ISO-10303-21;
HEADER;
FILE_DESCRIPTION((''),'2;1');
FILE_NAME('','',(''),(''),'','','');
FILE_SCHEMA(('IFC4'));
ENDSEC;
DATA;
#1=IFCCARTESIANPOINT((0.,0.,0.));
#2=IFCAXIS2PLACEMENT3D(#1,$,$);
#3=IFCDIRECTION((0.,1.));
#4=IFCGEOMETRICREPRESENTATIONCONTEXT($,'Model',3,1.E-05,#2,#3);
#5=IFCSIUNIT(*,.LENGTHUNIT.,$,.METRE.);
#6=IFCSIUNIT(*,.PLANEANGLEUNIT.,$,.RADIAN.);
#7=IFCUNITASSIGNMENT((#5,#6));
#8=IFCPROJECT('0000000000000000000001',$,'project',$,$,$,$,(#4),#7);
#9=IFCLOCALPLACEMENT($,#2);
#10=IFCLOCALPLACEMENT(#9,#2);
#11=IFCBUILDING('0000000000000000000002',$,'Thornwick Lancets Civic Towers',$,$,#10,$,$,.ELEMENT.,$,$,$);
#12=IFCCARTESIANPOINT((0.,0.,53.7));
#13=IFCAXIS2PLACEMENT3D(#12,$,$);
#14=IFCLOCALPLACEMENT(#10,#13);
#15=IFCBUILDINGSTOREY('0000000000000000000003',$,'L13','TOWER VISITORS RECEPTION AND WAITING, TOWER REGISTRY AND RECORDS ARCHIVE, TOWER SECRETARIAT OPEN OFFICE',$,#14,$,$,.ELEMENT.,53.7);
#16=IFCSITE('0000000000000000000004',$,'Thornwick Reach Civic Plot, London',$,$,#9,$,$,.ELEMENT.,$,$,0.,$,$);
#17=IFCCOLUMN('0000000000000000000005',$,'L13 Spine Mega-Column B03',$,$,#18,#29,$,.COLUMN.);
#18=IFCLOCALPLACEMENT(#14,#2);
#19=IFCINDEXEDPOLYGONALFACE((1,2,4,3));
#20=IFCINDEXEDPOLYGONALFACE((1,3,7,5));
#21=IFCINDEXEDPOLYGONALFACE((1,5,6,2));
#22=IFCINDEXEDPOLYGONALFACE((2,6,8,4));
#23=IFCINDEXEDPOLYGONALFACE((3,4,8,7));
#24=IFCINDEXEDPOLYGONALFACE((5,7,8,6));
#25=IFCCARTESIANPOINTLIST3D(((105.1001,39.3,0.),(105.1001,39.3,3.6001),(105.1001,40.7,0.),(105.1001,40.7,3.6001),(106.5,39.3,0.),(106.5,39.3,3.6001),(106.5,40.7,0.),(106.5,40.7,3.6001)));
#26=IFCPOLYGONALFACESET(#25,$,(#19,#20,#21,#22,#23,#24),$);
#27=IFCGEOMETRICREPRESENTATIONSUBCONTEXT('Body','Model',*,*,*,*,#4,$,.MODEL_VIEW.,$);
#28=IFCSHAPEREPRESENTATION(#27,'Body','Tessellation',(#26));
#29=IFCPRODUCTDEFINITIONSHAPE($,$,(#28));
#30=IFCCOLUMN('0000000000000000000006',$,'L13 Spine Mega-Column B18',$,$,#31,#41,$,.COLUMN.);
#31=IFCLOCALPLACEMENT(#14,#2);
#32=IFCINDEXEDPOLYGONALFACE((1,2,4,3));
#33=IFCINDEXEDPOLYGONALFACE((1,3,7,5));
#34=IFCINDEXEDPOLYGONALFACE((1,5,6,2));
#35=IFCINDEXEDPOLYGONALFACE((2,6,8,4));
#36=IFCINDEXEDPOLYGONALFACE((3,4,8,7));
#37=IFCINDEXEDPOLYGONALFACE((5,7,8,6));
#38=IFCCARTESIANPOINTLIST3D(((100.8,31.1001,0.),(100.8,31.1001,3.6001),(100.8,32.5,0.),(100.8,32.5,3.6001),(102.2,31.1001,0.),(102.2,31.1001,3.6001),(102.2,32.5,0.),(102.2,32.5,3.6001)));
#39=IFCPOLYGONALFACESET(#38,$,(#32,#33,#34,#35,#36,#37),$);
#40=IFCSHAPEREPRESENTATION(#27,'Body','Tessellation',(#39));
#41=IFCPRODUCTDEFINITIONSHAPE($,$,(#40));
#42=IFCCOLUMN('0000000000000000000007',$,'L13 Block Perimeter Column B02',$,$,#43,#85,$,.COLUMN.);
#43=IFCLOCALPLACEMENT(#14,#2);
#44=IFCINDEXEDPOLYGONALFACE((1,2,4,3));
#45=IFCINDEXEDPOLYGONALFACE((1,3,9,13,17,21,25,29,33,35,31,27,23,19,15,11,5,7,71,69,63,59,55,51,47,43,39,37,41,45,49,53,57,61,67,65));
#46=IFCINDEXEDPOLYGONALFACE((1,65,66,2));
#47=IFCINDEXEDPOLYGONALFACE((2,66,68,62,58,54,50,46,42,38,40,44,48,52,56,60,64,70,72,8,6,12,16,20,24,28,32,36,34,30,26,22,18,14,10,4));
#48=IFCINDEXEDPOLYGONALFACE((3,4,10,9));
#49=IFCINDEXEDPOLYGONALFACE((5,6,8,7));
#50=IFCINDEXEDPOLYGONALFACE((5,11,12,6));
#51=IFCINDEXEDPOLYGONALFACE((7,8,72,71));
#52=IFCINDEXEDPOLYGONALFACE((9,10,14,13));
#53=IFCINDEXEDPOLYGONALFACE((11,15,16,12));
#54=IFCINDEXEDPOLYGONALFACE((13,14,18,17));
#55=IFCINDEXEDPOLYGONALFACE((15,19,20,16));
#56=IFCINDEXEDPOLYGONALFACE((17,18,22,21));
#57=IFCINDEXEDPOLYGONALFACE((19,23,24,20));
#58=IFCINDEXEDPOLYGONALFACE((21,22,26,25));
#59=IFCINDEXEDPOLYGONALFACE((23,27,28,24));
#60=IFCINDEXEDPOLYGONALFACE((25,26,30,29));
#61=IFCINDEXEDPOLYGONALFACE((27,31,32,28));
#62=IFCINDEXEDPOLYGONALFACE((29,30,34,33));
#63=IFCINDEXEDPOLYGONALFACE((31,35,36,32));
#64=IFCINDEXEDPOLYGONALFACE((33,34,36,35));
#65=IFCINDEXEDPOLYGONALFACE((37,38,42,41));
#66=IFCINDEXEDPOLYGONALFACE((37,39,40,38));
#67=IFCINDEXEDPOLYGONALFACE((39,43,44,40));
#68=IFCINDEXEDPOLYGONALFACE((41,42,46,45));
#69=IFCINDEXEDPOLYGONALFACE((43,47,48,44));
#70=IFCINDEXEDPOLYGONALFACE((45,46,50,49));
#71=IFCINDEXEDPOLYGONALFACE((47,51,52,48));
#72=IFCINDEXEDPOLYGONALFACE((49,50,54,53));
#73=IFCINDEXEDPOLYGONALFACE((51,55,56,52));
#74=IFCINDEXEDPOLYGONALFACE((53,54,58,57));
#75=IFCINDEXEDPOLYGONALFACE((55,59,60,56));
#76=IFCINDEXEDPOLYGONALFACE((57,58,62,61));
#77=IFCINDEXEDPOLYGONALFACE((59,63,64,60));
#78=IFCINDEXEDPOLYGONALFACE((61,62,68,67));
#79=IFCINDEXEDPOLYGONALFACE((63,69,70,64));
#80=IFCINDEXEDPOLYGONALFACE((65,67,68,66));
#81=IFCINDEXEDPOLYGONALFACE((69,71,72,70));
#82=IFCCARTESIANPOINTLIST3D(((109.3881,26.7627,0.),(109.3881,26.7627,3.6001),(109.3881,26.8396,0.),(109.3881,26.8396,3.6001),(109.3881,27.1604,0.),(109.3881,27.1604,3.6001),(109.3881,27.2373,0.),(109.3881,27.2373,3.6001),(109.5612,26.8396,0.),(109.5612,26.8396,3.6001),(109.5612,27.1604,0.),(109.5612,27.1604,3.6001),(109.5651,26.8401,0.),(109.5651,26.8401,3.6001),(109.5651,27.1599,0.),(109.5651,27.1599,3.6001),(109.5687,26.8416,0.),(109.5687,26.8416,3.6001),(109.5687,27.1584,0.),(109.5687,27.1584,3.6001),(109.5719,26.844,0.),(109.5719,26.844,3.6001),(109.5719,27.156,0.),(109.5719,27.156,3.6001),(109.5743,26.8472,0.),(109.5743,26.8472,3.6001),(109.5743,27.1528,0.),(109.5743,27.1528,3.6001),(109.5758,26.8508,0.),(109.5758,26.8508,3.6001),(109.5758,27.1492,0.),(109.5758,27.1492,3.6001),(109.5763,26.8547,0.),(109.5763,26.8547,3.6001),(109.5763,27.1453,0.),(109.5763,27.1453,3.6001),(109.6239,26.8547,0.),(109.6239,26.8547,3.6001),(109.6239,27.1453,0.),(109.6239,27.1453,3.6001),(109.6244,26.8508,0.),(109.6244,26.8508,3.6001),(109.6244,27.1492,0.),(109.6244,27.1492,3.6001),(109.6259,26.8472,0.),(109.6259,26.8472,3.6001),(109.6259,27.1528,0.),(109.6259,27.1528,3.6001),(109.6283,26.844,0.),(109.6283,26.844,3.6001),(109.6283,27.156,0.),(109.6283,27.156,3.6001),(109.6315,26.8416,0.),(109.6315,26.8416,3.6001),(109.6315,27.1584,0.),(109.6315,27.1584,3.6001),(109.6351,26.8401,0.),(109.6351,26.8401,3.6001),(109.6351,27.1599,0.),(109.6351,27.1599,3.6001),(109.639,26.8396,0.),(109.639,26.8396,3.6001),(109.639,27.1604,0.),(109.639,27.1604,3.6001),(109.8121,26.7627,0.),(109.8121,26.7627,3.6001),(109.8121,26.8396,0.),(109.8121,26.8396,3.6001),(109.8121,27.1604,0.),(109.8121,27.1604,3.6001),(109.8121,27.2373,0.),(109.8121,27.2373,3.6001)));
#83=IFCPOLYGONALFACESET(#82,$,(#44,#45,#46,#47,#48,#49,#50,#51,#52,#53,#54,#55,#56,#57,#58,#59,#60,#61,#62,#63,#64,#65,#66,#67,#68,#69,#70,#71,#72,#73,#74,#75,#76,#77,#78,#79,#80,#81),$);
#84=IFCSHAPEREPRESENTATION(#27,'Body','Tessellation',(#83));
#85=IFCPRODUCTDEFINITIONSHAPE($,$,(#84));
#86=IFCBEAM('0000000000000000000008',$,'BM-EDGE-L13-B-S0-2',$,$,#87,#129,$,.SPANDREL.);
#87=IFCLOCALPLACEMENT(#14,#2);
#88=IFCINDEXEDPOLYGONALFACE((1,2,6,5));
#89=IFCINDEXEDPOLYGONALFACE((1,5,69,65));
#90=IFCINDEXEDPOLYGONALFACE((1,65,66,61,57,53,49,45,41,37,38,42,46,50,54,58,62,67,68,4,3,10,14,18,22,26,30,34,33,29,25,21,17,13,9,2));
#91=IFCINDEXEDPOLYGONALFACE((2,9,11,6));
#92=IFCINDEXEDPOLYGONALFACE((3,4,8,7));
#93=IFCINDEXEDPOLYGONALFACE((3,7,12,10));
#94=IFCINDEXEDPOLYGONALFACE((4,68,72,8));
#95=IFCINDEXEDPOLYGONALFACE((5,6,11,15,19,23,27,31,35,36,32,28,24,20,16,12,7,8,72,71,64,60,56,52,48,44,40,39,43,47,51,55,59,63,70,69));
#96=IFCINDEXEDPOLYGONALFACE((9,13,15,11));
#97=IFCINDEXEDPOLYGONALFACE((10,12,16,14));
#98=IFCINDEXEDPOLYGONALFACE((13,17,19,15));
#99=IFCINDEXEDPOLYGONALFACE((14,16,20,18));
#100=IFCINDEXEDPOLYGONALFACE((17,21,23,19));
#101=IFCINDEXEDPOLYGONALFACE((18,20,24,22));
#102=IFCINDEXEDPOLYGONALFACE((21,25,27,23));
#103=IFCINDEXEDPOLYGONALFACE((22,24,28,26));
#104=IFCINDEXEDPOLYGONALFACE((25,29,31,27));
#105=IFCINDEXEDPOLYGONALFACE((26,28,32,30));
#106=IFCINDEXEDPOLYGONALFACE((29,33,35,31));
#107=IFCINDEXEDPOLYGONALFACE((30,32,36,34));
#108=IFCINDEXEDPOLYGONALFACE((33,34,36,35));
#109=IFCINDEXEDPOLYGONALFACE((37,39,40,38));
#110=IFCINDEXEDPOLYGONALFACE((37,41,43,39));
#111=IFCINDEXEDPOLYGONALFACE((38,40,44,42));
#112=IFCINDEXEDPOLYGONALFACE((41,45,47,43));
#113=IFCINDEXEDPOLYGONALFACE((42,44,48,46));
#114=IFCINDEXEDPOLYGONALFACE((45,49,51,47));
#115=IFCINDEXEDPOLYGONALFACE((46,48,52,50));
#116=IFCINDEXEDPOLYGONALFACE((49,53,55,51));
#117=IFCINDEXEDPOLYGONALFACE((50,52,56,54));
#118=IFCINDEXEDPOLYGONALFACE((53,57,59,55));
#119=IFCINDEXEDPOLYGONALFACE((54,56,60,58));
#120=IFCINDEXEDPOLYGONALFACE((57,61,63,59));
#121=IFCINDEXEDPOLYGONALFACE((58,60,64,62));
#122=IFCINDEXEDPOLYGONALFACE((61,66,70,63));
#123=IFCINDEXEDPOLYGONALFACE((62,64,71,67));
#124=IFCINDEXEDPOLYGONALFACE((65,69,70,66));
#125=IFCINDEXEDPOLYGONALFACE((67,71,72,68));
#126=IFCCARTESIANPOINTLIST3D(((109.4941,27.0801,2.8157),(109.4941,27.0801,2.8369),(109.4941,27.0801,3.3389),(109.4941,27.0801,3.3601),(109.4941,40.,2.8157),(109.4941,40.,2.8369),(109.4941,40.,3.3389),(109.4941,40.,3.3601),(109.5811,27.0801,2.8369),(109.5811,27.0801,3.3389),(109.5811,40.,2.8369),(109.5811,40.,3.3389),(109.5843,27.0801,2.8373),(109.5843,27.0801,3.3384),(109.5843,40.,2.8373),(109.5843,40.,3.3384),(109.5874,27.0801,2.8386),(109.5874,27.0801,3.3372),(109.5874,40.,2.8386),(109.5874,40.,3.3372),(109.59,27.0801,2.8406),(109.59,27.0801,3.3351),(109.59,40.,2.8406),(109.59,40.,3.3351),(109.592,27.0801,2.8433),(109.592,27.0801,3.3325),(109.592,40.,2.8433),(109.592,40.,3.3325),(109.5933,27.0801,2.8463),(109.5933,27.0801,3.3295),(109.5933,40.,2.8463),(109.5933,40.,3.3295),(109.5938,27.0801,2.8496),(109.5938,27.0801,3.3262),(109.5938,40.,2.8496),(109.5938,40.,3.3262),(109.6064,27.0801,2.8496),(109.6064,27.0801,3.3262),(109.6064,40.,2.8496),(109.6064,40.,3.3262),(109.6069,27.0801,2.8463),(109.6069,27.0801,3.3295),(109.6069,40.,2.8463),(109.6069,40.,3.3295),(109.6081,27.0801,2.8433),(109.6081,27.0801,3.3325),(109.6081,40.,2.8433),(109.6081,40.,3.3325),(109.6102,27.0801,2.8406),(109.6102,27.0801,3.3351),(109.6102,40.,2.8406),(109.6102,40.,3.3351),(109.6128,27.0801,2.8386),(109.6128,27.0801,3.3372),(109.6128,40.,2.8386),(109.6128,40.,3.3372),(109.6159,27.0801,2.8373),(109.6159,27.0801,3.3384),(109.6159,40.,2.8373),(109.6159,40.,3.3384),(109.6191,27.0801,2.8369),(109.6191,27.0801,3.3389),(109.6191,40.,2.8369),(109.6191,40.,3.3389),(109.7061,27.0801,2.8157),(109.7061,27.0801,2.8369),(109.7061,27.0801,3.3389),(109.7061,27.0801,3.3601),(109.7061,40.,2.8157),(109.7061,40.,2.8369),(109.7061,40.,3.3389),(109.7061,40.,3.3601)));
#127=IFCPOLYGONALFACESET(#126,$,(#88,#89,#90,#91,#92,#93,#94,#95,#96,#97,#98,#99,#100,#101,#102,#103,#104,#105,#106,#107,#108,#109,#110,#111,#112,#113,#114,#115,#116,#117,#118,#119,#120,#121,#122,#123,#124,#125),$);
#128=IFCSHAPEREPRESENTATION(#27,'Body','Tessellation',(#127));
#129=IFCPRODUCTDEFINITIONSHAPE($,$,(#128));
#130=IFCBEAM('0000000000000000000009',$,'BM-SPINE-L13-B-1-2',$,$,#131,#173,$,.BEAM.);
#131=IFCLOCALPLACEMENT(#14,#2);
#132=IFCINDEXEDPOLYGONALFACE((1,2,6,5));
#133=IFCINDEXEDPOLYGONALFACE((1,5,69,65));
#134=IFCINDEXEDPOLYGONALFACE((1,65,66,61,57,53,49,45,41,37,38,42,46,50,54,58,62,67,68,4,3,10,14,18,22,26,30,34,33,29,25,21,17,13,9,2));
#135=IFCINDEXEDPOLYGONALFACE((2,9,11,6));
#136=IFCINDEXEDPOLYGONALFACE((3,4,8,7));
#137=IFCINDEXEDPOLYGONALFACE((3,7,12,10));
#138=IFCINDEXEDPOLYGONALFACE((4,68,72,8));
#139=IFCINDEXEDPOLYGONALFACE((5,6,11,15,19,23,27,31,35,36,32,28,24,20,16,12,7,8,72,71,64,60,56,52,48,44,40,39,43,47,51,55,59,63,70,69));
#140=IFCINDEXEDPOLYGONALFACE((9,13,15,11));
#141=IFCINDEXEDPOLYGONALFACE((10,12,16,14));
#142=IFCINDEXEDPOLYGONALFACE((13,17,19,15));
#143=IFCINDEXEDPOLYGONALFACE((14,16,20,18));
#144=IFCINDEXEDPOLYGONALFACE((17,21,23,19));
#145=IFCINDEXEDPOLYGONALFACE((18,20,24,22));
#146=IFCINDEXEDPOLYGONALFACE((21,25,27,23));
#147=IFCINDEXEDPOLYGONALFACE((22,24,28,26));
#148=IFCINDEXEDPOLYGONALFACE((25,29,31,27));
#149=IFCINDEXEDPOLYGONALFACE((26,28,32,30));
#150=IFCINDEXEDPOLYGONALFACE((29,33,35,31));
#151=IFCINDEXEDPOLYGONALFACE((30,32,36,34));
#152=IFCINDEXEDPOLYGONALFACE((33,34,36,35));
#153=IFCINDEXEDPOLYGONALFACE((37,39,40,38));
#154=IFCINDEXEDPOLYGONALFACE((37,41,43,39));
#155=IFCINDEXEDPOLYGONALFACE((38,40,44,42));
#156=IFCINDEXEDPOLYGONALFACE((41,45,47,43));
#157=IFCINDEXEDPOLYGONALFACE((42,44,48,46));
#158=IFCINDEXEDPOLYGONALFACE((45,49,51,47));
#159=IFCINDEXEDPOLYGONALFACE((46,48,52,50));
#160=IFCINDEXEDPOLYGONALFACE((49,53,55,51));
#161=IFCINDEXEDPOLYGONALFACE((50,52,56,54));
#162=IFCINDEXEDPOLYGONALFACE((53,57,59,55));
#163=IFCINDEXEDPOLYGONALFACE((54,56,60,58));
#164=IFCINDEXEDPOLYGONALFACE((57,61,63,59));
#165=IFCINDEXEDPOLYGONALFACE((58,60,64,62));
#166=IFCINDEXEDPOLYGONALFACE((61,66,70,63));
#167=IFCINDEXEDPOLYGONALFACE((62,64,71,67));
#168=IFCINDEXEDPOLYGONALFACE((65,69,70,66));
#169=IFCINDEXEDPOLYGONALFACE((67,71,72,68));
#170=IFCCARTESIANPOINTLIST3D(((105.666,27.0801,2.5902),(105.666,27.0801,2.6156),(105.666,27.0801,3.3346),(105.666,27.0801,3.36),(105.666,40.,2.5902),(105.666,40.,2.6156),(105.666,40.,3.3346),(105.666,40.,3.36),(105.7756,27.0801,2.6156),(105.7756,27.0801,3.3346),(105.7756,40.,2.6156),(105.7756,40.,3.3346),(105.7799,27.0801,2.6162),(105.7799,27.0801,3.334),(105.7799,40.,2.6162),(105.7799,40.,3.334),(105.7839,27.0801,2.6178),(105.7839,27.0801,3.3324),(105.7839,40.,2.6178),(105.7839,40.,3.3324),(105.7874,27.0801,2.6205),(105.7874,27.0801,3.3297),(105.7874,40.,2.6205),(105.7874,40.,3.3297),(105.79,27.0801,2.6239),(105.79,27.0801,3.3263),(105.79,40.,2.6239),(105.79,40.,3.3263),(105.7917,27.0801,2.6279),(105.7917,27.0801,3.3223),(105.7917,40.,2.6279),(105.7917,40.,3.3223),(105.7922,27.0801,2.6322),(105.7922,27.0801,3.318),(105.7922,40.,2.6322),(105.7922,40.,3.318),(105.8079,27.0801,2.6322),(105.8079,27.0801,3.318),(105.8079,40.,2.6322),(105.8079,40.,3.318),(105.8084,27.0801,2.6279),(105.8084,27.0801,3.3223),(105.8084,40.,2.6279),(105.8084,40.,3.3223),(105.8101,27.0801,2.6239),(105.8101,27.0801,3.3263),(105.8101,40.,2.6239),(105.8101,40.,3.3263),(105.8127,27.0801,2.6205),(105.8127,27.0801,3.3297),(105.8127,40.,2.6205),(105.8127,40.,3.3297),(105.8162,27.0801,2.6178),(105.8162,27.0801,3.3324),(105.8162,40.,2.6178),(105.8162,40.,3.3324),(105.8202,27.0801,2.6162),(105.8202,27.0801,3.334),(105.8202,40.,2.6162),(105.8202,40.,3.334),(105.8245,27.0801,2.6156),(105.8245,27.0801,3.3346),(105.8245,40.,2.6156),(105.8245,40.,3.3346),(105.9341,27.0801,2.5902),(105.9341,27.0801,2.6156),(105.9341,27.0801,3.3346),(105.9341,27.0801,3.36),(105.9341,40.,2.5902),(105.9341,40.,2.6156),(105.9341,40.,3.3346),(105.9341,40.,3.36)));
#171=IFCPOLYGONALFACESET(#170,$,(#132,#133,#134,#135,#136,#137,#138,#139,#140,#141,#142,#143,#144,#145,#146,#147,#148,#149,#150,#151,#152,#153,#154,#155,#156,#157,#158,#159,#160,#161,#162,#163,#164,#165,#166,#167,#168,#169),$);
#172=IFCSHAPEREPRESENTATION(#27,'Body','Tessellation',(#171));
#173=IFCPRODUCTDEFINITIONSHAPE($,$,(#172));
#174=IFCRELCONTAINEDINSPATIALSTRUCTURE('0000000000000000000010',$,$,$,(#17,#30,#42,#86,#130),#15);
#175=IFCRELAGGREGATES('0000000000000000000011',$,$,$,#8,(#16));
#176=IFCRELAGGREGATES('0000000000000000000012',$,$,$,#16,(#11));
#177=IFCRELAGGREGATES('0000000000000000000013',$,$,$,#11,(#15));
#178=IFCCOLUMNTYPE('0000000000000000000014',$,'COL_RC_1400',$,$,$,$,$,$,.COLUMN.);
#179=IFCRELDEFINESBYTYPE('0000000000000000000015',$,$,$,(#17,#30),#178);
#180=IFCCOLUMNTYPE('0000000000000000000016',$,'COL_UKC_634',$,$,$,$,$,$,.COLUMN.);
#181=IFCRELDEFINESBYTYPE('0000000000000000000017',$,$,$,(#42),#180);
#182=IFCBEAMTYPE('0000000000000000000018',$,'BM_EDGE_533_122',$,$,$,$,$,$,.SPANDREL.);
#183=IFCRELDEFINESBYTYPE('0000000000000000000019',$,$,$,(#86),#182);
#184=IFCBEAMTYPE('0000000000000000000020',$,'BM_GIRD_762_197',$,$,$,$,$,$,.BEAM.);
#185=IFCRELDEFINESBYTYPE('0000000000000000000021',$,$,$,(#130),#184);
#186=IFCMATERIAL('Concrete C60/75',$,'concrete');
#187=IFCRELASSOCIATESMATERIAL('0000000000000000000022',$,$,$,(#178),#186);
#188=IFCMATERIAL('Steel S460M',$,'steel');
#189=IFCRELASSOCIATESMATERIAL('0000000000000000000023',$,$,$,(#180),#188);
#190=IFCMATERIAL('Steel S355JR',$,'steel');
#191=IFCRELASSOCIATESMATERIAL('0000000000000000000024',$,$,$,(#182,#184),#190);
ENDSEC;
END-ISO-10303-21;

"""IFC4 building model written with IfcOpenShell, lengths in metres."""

from ifc_helpers import new_model, si_unit, direction, frame, origin, origin_2d, place, context, subcontext, project, spatial, rectangle, i_section, extrude, material, material_profile, profile_set, type_object, element, save


model = new_model("IFC4")

# Units and contexts
model_context = context("Model", 3, precision=1e-05, world=origin(), true_north=direction((0.0, 1.0)))
body_context = subcontext(model_context, "Body", "Model", "MODEL_VIEW")
ifc_project = project(units=[si_unit("LENGTHUNIT", "METRE"), si_unit("PLANEANGLEUNIT", "RADIAN")], contexts=[model_context])

# Site, building, storey
site_placement = place(None, origin())
site = spatial("IfcSite", under=ifc_project, at=site_placement, Name="Thornwick Reach Civic Plot, London", CompositionType="ELEMENT", RefElevation=0.0)
building_placement = place(site_placement, origin())
building = spatial("IfcBuilding", under=site, at=building_placement, Name="Thornwick Lancets Civic Towers", CompositionType="ELEMENT")
storey_placement = place(building_placement, frame((0.0, 0.0, 53.7)))
storey = spatial("IfcBuildingStorey", under=building, at=storey_placement, Name="L13", Description="TOWER VISITORS RECEPTION AND WAITING, TOWER REGISTRY AND RECORDS ARCHIVE, TOWER SECRETARIAT OPEN OFFICE", CompositionType="ELEMENT", Elevation=53.7)

# Columns
ifc_material_1 = material(Name="Concrete C60/75", Category="concrete")
ifc_material_profile_1 = material_profile(ifc_material_1, rectangle(XDim=1.3999, YDim=1.3999, at=origin_2d()), Name="RC 1400x1400")
ifc_profile_set_1 = profile_set([ifc_material_profile_1], Name="Concrete C60/75")
column_type_1 = type_object("IfcColumnType", Name="COL_RC_1400", PredefinedType="COLUMN", material=ifc_profile_set_1)
for number, where, z_axis, x_axis, name in (
    (1, (105.8, 40.0, 0.0), (0.0, 0.0, 1.0), (1.0, 0.0, 0.0), "L13 Spine Mega-Column B03"),
    (2, (101.5, 31.8, 0.0), (0.0, 0.0, 1.0), (1.0, 0.0, 0.0), "L13 Spine Mega-Column B18"),
):
    element("IfcColumn", number, at=place(storey_placement, frame(where, z_axis=z_axis, x_axis=x_axis)), inside=storey, type_object=column_type_1, Name=name, PredefinedType="COLUMN", context=body_context, shape_type="SweptSolid", body=[
        extrude(rectangle(XDim=1.3999, YDim=1.3999, at=origin_2d()), origin(), (0.0, 0.0, 1.0), 3.6001),
    ])
ifc_material_2 = material(Name="Steel S460M", Category="steel")
ifc_material_profile_2 = material_profile(ifc_material_2, i_section(OverallWidth=0.4241, OverallDepth=0.4746, WebThickness=0.0476, FlangeThickness=0.0769, FilletRadius=0.0151, at=origin_2d()), Name="UKC 356x406x634")
ifc_profile_set_2 = profile_set([ifc_material_profile_2], Name="Steel S460M")
column_type_2 = type_object("IfcColumnType", Name="COL_UKC_634", PredefinedType="COLUMN", material=ifc_profile_set_2)
column_placement = place(storey_placement, frame((109.6001, 27.0, 0.0), z_axis=(0.0, 0.0, 1.0), x_axis=(1.0, 0.0, 0.0)))
element("IfcColumn", 3, at=column_placement, inside=storey, type_object=column_type_2, Name="L13 Block Perimeter Column B02", PredefinedType="COLUMN", context=body_context, shape_type="SweptSolid", body=[
    extrude(i_section(OverallWidth=0.4241, OverallDepth=0.4746, WebThickness=0.0476, FlangeThickness=0.0769, FilletRadius=0.0151, at=origin_2d()), origin(), (0.0, 0.0, 1.0), 3.6001),
])

# Beams
ifc_material_3 = material(Name="Steel S355JR", Category="steel")
ifc_material_profile_3 = material_profile(ifc_material_3, i_section(OverallWidth=0.2119, OverallDepth=0.5444, WebThickness=0.0127, FlangeThickness=0.0212, FilletRadius=0.0127, at=origin_2d()), Name="UKB 533x210x122")
ifc_profile_set_3 = profile_set([ifc_material_profile_3], Name="Steel S355JR")
beam_type_1 = type_object("IfcBeamType", Name="BM_EDGE_533_122", PredefinedType="SPANDREL", material=ifc_profile_set_3)
beam_1_placement = place(storey_placement, frame((109.6001, 27.0801, 3.0879), z_axis=(0.0, 1.0, 0.0), x_axis=(-1.0, 0.0, 0.0)))
element("IfcBeam", 4, at=beam_1_placement, inside=storey, type_object=beam_type_1, Name="BM-EDGE-L13-B-S0-2", PredefinedType="SPANDREL", context=body_context, shape_type="SweptSolid", body=[
    extrude(i_section(OverallWidth=0.2119, OverallDepth=0.5444, WebThickness=0.0127, FlangeThickness=0.0212, FilletRadius=0.0127, at=origin_2d()), origin(), (0.0, 0.0, 1.0), 12.9199),
])
ifc_material_profile_4 = material_profile(ifc_material_3, i_section(OverallWidth=0.2681, OverallDepth=0.7698, WebThickness=0.0156, FlangeThickness=0.0254, FilletRadius=0.0166, at=origin_2d()), Name="UKB 762x267x197")
ifc_profile_set_4 = profile_set([ifc_material_profile_4], Name="Steel S355JR")
beam_type_2 = type_object("IfcBeamType", Name="BM_GIRD_762_197", PredefinedType="BEAM", material=ifc_profile_set_4)
beam_2_placement = place(storey_placement, frame((105.8, 27.0801, 2.9751), z_axis=(0.0, 1.0, 0.0), x_axis=(-1.0, 0.0, 0.0)))
element("IfcBeam", 5, at=beam_2_placement, inside=storey, type_object=beam_type_2, Name="BM-SPINE-L13-B-1-2", PredefinedType="BEAM", context=body_context, shape_type="SweptSolid", body=[
    extrude(i_section(OverallWidth=0.2681, OverallDepth=0.7698, WebThickness=0.0156, FlangeThickness=0.0254, FilletRadius=0.0166, at=origin_2d()), origin(), (0.0, 0.0, 1.0), 12.9199),
])

save(model, "model.ifc")
